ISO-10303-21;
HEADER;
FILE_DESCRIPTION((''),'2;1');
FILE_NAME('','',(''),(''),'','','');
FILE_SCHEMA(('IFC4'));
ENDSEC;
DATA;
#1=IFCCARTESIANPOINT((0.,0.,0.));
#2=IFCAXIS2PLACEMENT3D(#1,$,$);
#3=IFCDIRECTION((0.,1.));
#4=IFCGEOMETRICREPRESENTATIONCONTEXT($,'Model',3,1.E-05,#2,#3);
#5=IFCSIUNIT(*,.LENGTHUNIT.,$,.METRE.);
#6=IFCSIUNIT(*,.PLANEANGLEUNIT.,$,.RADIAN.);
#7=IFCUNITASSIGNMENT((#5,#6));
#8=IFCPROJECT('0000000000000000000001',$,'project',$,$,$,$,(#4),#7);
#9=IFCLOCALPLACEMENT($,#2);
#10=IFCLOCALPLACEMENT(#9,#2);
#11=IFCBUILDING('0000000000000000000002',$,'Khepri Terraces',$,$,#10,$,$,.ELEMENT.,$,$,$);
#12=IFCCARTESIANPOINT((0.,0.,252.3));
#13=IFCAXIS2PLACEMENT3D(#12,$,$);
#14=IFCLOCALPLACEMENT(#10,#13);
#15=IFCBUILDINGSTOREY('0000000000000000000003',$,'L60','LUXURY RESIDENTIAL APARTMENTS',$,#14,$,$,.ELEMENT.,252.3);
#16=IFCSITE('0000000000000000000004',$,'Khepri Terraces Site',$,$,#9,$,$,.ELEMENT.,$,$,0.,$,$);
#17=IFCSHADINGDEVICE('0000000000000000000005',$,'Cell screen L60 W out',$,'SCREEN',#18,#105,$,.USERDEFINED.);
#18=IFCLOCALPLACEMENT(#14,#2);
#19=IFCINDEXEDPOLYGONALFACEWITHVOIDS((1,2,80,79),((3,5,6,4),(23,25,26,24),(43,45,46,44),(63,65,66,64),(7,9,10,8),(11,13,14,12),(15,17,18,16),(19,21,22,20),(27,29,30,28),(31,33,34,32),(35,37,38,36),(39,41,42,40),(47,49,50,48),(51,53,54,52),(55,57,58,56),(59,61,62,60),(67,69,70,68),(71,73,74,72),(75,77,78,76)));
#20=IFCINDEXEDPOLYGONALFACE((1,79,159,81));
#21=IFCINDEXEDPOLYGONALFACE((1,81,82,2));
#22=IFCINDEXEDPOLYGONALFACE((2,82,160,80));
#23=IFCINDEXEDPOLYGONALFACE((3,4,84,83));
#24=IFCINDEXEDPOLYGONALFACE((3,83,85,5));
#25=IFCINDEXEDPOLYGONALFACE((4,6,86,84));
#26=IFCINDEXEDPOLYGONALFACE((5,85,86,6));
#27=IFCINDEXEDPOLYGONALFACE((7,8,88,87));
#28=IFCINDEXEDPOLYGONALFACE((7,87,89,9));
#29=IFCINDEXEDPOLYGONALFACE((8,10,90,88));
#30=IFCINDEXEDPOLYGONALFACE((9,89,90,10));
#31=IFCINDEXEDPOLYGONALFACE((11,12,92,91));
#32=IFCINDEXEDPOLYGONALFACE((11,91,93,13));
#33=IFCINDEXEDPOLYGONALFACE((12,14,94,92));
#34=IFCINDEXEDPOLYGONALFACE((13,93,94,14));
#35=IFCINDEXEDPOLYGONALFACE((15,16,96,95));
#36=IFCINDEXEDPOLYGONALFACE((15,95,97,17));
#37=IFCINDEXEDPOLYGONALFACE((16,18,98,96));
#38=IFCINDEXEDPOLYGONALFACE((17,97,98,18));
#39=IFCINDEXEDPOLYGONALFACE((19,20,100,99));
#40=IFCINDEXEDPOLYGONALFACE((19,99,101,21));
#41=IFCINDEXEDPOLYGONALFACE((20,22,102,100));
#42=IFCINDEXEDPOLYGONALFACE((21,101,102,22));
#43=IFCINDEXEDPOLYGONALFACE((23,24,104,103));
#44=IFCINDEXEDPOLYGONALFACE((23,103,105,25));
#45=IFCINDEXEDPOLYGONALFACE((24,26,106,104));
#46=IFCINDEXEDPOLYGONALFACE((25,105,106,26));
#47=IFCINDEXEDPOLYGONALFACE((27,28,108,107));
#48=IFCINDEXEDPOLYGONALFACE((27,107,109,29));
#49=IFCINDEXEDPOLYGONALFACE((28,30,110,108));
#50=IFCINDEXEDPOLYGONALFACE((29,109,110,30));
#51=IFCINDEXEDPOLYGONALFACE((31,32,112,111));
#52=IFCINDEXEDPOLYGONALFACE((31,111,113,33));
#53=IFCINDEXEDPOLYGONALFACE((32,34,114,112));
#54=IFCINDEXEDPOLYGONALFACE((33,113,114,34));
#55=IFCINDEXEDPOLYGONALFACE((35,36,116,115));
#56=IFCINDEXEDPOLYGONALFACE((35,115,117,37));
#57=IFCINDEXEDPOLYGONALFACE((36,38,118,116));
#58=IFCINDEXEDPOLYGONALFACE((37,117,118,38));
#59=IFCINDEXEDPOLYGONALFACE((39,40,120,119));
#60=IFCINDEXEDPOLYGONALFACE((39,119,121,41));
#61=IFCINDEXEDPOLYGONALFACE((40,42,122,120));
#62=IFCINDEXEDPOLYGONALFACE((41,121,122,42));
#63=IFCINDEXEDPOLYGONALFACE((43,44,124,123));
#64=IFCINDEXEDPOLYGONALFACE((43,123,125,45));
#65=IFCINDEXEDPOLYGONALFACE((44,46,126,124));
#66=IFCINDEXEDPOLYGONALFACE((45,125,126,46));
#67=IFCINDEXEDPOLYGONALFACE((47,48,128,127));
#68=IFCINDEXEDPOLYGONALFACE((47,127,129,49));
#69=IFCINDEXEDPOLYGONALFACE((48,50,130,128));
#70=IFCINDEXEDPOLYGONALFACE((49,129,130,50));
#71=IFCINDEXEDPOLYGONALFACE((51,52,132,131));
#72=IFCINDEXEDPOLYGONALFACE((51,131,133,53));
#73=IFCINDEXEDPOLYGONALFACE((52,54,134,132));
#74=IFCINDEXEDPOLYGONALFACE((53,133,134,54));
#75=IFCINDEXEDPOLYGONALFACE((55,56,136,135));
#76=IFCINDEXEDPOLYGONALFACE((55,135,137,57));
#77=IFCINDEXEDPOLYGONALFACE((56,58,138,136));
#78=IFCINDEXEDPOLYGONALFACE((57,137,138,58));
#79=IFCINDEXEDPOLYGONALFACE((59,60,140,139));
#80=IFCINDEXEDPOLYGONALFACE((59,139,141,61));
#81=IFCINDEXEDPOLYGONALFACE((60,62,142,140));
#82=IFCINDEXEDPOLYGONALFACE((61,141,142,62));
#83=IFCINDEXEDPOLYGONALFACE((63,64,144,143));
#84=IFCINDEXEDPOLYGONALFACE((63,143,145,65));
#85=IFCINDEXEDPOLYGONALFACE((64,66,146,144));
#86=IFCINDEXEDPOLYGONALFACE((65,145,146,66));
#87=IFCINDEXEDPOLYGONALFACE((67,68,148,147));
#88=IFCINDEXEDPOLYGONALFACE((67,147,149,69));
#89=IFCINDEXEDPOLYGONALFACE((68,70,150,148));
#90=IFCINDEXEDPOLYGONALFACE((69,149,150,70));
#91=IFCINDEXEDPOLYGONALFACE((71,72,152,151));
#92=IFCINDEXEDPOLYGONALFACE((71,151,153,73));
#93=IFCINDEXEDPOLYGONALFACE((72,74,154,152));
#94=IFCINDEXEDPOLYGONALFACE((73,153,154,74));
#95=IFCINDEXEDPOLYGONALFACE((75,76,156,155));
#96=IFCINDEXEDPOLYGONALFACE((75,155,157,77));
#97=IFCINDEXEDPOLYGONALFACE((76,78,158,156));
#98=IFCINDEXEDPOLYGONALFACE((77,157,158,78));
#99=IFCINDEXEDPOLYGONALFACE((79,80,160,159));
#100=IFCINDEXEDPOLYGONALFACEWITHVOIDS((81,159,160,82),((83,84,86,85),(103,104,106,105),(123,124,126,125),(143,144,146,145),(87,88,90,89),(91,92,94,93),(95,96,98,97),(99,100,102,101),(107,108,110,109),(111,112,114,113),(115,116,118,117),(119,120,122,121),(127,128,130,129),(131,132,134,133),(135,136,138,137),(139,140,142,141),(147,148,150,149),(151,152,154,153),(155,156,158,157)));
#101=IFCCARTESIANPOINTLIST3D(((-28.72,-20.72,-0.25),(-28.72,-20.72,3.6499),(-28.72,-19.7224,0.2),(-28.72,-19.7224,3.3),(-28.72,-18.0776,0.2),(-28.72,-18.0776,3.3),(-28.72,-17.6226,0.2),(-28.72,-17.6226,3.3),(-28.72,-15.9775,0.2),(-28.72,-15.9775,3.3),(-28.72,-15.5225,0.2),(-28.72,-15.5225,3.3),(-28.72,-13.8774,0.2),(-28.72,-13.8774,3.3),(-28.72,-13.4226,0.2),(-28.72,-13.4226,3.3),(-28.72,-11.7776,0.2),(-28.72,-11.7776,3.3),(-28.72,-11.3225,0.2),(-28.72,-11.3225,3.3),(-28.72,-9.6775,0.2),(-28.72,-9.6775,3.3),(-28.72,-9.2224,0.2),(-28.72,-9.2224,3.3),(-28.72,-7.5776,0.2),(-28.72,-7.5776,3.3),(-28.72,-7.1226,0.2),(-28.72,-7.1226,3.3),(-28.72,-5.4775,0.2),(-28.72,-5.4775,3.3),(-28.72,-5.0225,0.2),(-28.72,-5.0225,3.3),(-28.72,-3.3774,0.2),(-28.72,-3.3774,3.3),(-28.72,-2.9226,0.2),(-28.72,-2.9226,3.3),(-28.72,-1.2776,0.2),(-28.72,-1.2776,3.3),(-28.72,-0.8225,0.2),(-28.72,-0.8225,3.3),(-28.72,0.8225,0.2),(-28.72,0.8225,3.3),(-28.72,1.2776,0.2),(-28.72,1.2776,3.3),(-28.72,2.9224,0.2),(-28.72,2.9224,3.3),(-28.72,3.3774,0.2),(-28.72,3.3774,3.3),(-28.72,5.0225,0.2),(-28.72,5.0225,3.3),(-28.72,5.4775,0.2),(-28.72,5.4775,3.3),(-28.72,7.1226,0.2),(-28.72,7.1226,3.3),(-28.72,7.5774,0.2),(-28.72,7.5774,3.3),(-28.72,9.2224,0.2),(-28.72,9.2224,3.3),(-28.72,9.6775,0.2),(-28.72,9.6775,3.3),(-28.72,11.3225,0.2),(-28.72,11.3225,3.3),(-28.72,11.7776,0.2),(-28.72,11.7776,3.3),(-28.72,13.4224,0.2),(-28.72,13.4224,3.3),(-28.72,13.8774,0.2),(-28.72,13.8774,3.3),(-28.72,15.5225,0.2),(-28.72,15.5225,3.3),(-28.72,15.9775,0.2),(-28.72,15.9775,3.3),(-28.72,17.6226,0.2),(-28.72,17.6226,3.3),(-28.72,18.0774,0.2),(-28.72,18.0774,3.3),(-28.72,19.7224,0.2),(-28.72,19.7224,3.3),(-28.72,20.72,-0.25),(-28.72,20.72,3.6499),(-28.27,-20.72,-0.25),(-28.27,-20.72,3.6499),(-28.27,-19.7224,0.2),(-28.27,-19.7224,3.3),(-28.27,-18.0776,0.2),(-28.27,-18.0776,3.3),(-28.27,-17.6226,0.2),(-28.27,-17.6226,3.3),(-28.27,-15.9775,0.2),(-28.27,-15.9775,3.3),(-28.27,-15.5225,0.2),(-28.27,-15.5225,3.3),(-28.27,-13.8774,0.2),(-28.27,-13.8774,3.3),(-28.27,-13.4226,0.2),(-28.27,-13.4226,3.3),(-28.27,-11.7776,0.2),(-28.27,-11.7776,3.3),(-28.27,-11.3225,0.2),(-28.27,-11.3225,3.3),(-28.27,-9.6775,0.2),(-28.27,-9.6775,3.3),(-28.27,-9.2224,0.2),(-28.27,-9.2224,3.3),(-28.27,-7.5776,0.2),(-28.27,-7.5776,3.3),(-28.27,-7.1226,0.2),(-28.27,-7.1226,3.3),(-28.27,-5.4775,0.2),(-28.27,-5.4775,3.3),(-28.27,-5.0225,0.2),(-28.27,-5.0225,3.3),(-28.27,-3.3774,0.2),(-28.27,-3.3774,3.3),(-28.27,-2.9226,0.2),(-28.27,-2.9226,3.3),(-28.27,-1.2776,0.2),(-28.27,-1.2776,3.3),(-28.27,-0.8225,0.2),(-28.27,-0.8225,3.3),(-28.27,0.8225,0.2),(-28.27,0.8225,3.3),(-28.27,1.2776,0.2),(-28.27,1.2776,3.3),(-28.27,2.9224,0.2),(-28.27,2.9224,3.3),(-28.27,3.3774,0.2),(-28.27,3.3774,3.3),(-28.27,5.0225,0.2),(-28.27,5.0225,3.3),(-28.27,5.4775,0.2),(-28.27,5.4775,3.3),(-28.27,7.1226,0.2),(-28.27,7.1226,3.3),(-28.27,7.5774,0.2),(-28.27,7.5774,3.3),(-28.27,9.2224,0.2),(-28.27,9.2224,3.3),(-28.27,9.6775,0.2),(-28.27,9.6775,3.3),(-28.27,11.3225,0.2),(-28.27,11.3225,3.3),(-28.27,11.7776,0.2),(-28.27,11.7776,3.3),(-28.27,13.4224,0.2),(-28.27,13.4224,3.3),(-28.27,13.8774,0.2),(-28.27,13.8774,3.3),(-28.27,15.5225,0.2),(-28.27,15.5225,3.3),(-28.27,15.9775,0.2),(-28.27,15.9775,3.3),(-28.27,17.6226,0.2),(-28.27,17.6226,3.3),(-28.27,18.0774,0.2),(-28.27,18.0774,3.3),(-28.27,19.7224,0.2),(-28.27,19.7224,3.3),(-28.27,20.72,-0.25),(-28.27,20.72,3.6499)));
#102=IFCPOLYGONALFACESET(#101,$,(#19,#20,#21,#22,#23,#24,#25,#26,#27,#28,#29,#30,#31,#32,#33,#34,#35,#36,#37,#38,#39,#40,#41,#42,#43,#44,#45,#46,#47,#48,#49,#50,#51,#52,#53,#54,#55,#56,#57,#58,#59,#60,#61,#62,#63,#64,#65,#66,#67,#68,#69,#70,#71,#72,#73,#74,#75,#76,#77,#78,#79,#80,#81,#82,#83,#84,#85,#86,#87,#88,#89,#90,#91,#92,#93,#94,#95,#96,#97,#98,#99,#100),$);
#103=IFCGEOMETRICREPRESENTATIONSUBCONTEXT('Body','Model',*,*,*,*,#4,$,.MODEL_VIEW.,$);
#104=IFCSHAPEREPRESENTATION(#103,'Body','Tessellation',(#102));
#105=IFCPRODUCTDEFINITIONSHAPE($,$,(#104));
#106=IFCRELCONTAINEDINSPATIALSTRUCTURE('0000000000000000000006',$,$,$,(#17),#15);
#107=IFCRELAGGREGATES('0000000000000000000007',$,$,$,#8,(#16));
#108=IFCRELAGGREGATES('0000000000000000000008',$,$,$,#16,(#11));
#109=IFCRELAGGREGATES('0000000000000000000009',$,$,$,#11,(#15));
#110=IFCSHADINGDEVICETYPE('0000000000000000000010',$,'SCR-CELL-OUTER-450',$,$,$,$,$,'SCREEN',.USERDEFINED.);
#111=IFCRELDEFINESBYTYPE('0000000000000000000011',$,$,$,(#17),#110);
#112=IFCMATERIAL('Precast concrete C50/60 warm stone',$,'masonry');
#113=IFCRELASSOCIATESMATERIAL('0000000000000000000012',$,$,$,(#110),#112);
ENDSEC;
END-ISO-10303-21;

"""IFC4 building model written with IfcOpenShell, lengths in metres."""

from ifc_helpers import new_model, si_unit, direction, frame, origin, place, context, subcontext, project, spatial, polyline, outline, extrude, material, type_object, element, save


model = new_model("IFC4")

# Units and contexts
model_context = context("Model", 3, precision=1e-05, world=origin(), true_north=direction((0.0, 1.0)))
body_context = subcontext(model_context, "Body", "Model", "MODEL_VIEW")
ifc_project = project(units=[si_unit("LENGTHUNIT", "METRE"), si_unit("PLANEANGLEUNIT", "RADIAN")], contexts=[model_context])

# Site, building, storey
site_placement = place(None, origin())
site = spatial("IfcSite", under=ifc_project, at=site_placement, Name="Khepri Terraces Site", CompositionType="ELEMENT", RefElevation=0.0)
building_placement = place(site_placement, origin())
building = spatial("IfcBuilding", under=site, at=building_placement, Name="Khepri Terraces", CompositionType="ELEMENT")
storey_placement = place(building_placement, frame((0.0, 0.0, 252.3)))
storey = spatial("IfcBuildingStorey", under=building, at=storey_placement, Name="L60", Description="LUXURY RESIDENTIAL APARTMENTS", CompositionType="ELEMENT", Elevation=252.3)

# Shared definitions
ifc_material_1 = material(Name="Precast concrete C50/60 warm stone", Category="masonry")

# Shading device
shading_device_type_1 = type_object("IfcShadingDeviceType", Name="SCR-CELL-OUTER-450", ElementType="SCREEN", PredefinedType="USERDEFINED", material=ifc_material_1)
shading_device_1_placement = place(storey_placement, frame((-28.27, 20.72, -0.25), z_axis=(-1.0, 0.0, 0.0), x_axis=(0.0, -1.0, 0.0)))
element("IfcShadingDevice", 1, at=shading_device_1_placement, inside=storey, type_object=shading_device_type_1, Name="Cell screen L60 W out", ObjectType="SCREEN", PredefinedType="USERDEFINED", context=body_context, shape_type="SweptSolid", body=[
    extrude(outline(polyline([(0.0, 0.0), (41.4399, 0.0), (41.4399, 3.8999), (0.0, 3.8999), (0.0, 0.0)]), holes=[polyline([(0.9976, 0.45), (2.6426, 0.45), (2.6426, 3.55), (0.9976, 3.55), (0.9976, 0.45)]), polyline([(3.0974, 0.45), (4.7424, 0.45), (4.7424, 3.55), (3.0974, 3.55), (3.0974, 0.45)]), polyline([(5.1975, 0.45), (6.8425, 0.45), (6.8425, 3.55), (5.1975, 3.55), (5.1975, 0.45)]), polyline([(7.2976, 0.45), (8.9424, 0.45), (8.9424, 3.55), (7.2976, 3.55), (7.2976, 0.45)]), polyline([(9.3975, 0.45), (11.0425, 0.45), (11.0425, 3.55), (9.3975, 3.55), (9.3975, 0.45)]), polyline([(11.4976, 0.45), (13.1426, 0.45), (13.1426, 3.55), (11.4976, 3.55), (11.4976, 0.45)]), polyline([(13.5974, 0.45), (15.2424, 0.45), (15.2424, 3.55), (13.5974, 3.55), (13.5974, 0.45)]), polyline([(15.6975, 0.45), (17.3425, 0.45), (17.3425, 3.55), (15.6975, 3.55), (15.6975, 0.45)]), polyline([(17.7976, 0.45), (19.4424, 0.45), (19.4424, 3.55), (17.7976, 3.55), (17.7976, 0.45)]), polyline([(19.8975, 0.45), (21.5425, 0.45), (21.5425, 3.55), (19.8975, 3.55), (19.8975, 0.45)]), polyline([(21.9976, 0.45), (23.6426, 0.45), (23.6426, 3.55), (21.9976, 3.55), (21.9976, 0.45)]), polyline([(24.0974, 0.45), (25.7424, 0.45), (25.7424, 3.55), (24.0974, 3.55), (24.0974, 0.45)]), polyline([(26.1975, 0.45), (27.8425, 0.45), (27.8425, 3.55), (26.1975, 3.55), (26.1975, 0.45)]), polyline([(28.2976, 0.45), (29.9424, 0.45), (29.9424, 3.55), (28.2976, 3.55), (28.2976, 0.45)]), polyline([(30.3975, 0.45), (32.0425, 0.45), (32.0425, 3.55), (30.3975, 3.55), (30.3975, 0.45)]), polyline([(32.4976, 0.45), (34.1426, 0.45), (34.1426, 3.55), (32.4976, 3.55), (32.4976, 0.45)]), polyline([(34.5974, 0.45), (36.2424, 0.45), (36.2424, 3.55), (34.5974, 3.55), (34.5974, 0.45)]), polyline([(36.6975, 0.45), (38.3425, 0.45), (38.3425, 3.55), (36.6975, 3.55), (36.6975, 0.45)]), polyline([(38.7976, 0.45), (40.4424, 0.45), (40.4424, 3.55), (38.7976, 3.55), (38.7976, 0.45)])]), origin(), (0.0, 0.0, 1.0), 0.45),
])

save(model, "model.ifc")
